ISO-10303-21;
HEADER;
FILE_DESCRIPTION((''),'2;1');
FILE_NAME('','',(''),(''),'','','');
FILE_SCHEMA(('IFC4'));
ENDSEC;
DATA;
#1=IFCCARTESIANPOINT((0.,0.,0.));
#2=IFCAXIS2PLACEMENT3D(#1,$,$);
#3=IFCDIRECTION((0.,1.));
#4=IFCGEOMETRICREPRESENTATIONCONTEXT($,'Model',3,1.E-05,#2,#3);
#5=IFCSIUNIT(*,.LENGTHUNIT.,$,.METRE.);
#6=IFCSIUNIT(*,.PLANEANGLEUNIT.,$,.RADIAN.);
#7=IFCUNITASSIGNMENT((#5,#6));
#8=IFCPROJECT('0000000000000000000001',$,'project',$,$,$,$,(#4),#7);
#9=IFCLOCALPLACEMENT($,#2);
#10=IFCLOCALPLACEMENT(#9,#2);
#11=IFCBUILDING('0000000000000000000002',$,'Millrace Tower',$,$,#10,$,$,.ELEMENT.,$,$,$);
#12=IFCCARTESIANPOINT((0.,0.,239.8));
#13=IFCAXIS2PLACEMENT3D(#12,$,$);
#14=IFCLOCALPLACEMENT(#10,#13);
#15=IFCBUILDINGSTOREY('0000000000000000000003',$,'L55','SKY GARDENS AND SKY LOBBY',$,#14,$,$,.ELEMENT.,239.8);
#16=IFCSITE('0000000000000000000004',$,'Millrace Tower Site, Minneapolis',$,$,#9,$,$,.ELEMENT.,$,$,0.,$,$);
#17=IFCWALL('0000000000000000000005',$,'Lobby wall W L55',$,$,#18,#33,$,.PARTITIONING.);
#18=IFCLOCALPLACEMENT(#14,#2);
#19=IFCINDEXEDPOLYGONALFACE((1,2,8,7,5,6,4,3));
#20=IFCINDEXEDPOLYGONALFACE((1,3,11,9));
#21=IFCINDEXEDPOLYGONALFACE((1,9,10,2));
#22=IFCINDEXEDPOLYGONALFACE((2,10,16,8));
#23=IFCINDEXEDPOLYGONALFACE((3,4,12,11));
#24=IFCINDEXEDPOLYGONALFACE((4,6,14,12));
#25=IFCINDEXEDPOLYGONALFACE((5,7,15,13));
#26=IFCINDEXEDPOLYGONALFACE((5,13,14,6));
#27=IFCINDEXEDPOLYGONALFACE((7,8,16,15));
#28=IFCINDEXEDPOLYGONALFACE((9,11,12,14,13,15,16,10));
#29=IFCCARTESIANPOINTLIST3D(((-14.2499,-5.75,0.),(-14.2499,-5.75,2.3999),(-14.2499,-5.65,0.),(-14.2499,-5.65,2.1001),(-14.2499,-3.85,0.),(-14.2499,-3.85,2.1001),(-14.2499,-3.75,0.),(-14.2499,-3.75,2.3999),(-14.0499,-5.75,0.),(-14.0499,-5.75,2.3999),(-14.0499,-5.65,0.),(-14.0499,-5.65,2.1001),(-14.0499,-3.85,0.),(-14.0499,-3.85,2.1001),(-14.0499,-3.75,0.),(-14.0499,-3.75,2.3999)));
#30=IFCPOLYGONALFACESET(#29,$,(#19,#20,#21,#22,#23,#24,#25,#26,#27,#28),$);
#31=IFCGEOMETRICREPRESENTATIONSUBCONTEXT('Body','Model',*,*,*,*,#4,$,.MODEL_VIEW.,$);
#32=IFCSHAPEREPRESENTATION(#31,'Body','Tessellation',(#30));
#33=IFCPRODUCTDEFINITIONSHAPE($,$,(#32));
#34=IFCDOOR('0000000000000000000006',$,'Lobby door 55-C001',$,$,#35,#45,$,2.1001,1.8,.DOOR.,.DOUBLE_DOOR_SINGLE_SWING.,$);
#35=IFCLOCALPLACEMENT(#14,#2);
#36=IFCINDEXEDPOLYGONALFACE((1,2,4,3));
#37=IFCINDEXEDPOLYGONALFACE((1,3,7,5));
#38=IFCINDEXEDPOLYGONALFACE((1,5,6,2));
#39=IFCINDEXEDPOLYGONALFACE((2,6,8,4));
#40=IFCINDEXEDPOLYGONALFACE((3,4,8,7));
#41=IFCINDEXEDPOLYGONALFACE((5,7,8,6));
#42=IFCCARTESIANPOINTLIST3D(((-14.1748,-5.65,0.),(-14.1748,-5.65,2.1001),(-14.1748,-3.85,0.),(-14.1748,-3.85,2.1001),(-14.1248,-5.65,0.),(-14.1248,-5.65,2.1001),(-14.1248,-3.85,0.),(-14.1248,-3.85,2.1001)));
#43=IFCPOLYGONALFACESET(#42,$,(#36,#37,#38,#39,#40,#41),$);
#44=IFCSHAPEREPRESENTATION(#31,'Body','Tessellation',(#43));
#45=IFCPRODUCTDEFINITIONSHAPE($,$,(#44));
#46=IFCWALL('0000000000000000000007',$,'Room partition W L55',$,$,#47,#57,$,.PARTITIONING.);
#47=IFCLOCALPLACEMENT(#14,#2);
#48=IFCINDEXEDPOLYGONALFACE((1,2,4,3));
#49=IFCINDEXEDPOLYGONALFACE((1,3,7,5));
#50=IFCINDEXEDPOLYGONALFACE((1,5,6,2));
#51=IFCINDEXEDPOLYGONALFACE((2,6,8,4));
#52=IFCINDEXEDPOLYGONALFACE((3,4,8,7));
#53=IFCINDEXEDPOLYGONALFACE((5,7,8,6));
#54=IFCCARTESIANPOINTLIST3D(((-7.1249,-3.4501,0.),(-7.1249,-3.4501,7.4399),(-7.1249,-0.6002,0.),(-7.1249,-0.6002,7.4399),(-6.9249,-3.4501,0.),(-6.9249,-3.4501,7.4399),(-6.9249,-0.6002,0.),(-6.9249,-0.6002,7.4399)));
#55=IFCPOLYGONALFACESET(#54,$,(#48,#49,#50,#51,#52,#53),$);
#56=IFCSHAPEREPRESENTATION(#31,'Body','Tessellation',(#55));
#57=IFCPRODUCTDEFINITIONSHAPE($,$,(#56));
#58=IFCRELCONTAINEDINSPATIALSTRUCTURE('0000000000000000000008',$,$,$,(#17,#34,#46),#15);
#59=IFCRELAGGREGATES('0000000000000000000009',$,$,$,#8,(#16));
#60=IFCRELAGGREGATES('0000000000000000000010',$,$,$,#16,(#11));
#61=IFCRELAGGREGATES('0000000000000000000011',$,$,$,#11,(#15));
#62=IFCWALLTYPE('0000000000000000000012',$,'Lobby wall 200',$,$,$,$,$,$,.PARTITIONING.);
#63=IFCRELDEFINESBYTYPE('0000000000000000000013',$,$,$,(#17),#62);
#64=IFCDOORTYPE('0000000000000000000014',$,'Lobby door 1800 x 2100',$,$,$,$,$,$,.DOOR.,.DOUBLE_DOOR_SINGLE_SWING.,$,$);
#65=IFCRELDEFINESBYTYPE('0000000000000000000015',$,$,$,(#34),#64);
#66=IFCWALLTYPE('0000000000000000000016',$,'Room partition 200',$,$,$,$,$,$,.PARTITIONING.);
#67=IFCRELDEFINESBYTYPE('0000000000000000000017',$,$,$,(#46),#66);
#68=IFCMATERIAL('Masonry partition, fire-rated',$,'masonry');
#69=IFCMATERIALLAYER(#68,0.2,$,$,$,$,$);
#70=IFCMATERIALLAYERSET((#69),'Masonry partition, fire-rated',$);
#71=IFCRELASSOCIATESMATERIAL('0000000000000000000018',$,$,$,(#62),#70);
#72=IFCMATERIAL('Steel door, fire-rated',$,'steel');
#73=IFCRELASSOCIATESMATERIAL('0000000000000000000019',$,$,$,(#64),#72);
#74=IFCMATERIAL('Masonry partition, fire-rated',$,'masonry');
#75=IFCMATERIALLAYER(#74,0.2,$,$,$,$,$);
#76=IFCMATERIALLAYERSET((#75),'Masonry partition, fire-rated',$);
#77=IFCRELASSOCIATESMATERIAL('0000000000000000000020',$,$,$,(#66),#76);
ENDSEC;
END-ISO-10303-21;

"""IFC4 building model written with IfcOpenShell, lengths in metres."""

from ifc_helpers import new_model, si_unit, direction, frame, frame_2d, origin, place, context, subcontext, project, spatial, rectangle, extrude, material, layer, layer_set, type_object, element, fill, save


model = new_model("IFC4")

# Units and contexts
model_context = context("Model", 3, precision=1e-05, world=origin(), true_north=direction((0.0, 1.0)))
body_context = subcontext(model_context, "Body", "Model", "MODEL_VIEW")
ifc_project = project(units=[si_unit("LENGTHUNIT", "METRE"), si_unit("PLANEANGLEUNIT", "RADIAN")], contexts=[model_context])

# Site, building, storey
site_placement = place(None, origin())
site = spatial("IfcSite", under=ifc_project, at=site_placement, Name="Millrace Tower Site, Minneapolis", CompositionType="ELEMENT", RefElevation=0.0)
building_placement = place(site_placement, origin())
building = spatial("IfcBuilding", under=site, at=building_placement, Name="Millrace Tower", CompositionType="ELEMENT")
storey_placement = place(building_placement, frame((0.0, 0.0, 239.8)))
storey = spatial("IfcBuildingStorey", under=building, at=storey_placement, Name="L55", Description="SKY GARDENS AND SKY LOBBY", CompositionType="ELEMENT", Elevation=239.8)

# Wall, opening, door
ifc_material_1 = material(Name="Masonry partition, fire-rated", Category="masonry")
ifc_layer_1 = layer(ifc_material_1, 0.2)
ifc_layer_set_1 = layer_set([ifc_layer_1], Name="Masonry partition, fire-rated")
wall_type_1 = type_object("IfcWallType", Name="Lobby wall 200", PredefinedType="PARTITIONING", material=ifc_layer_set_1)
wall_1_placement = place(storey_placement, frame((-14.1499, -5.75, 0.0), z_axis=(0.0, 0.0, 1.0), x_axis=(0.0, 1.0, 0.0)))
wall_1 = element("IfcWall", 1, at=wall_1_placement, inside=storey, type_object=wall_type_1, Name="Lobby wall W L55", PredefinedType="PARTITIONING", context=body_context, shape_type="SweptSolid", body=[
    extrude(rectangle(XDim=2.0, YDim=0.2, at=frame_2d((1.0, 0.0))), origin(), (0.0, 0.0, 1.0), 2.3999),
])
opening_1_placement = place(wall_1_placement, frame((0.1001, 0.0, 0.0)))
opening_1 = element("IfcOpeningElement", 2, at=opening_1_placement, cuts=wall_1, PredefinedType="OPENING", context=body_context, shape_type="SweptSolid", body=[
    extrude(rectangle(XDim=1.8, YDim=2.1001, at=frame_2d((0.8999, 1.05))), frame((0.0, 0.1099, 0.0), z_axis=(0.0, -1.0, 0.0), x_axis=(1.0, 0.0, 0.0)), (0.0, 0.0, 1.0), 0.22),
])
ifc_material_2 = material(Name="Steel door, fire-rated", Category="steel")
door_type_1 = type_object("IfcDoorType", Name="Lobby door 1800 x 2100", OperationType="DOUBLE_DOOR_SINGLE_SWING", PredefinedType="DOOR", material=ifc_material_2)
door_1_placement = place(opening_1_placement, origin())
door_1 = element("IfcDoor", 3, at=door_1_placement, inside=storey, type_object=door_type_1, Name="Lobby door 55-C001", OperationType="DOUBLE_DOOR_SINGLE_SWING", OverallHeight=2.1001, OverallWidth=1.8, PredefinedType="DOOR", context=body_context, shape_type="SweptSolid", body=[
    extrude(rectangle(XDim=1.8, YDim=2.1001, at=frame_2d((0.8999, 1.05))), frame((0.0, 0.0249, 0.0), z_axis=(0.0, -1.0, 0.0), x_axis=(1.0, 0.0, 0.0)), (0.0, 0.0, 1.0), 0.05),
])
fill(opening_1, door_1)

# Wall
ifc_material_3 = material(Name="Masonry partition, fire-rated", Category="masonry")
ifc_layer_2 = layer(ifc_material_3, 0.2)
ifc_layer_set_2 = layer_set([ifc_layer_2], Name="Masonry partition, fire-rated")
wall_type_2 = type_object("IfcWallType", Name="Room partition 200", PredefinedType="PARTITIONING", material=ifc_layer_set_2)
wall_2_placement = place(storey_placement, frame((-7.0249, -3.45, 0.0), z_axis=(0.0, 0.0, 1.0), x_axis=(0.0, 1.0, 0.0)))
element("IfcWall", 4, at=wall_2_placement, inside=storey, type_object=wall_type_2, Name="Room partition W L55", PredefinedType="PARTITIONING", context=body_context, shape_type="SweptSolid", body=[
    extrude(rectangle(XDim=2.8499, YDim=0.2, at=frame_2d((1.4248, 0.0))), origin(), (0.0, 0.0, 1.0), 7.4399),
])

save(model, "model.ifc")
